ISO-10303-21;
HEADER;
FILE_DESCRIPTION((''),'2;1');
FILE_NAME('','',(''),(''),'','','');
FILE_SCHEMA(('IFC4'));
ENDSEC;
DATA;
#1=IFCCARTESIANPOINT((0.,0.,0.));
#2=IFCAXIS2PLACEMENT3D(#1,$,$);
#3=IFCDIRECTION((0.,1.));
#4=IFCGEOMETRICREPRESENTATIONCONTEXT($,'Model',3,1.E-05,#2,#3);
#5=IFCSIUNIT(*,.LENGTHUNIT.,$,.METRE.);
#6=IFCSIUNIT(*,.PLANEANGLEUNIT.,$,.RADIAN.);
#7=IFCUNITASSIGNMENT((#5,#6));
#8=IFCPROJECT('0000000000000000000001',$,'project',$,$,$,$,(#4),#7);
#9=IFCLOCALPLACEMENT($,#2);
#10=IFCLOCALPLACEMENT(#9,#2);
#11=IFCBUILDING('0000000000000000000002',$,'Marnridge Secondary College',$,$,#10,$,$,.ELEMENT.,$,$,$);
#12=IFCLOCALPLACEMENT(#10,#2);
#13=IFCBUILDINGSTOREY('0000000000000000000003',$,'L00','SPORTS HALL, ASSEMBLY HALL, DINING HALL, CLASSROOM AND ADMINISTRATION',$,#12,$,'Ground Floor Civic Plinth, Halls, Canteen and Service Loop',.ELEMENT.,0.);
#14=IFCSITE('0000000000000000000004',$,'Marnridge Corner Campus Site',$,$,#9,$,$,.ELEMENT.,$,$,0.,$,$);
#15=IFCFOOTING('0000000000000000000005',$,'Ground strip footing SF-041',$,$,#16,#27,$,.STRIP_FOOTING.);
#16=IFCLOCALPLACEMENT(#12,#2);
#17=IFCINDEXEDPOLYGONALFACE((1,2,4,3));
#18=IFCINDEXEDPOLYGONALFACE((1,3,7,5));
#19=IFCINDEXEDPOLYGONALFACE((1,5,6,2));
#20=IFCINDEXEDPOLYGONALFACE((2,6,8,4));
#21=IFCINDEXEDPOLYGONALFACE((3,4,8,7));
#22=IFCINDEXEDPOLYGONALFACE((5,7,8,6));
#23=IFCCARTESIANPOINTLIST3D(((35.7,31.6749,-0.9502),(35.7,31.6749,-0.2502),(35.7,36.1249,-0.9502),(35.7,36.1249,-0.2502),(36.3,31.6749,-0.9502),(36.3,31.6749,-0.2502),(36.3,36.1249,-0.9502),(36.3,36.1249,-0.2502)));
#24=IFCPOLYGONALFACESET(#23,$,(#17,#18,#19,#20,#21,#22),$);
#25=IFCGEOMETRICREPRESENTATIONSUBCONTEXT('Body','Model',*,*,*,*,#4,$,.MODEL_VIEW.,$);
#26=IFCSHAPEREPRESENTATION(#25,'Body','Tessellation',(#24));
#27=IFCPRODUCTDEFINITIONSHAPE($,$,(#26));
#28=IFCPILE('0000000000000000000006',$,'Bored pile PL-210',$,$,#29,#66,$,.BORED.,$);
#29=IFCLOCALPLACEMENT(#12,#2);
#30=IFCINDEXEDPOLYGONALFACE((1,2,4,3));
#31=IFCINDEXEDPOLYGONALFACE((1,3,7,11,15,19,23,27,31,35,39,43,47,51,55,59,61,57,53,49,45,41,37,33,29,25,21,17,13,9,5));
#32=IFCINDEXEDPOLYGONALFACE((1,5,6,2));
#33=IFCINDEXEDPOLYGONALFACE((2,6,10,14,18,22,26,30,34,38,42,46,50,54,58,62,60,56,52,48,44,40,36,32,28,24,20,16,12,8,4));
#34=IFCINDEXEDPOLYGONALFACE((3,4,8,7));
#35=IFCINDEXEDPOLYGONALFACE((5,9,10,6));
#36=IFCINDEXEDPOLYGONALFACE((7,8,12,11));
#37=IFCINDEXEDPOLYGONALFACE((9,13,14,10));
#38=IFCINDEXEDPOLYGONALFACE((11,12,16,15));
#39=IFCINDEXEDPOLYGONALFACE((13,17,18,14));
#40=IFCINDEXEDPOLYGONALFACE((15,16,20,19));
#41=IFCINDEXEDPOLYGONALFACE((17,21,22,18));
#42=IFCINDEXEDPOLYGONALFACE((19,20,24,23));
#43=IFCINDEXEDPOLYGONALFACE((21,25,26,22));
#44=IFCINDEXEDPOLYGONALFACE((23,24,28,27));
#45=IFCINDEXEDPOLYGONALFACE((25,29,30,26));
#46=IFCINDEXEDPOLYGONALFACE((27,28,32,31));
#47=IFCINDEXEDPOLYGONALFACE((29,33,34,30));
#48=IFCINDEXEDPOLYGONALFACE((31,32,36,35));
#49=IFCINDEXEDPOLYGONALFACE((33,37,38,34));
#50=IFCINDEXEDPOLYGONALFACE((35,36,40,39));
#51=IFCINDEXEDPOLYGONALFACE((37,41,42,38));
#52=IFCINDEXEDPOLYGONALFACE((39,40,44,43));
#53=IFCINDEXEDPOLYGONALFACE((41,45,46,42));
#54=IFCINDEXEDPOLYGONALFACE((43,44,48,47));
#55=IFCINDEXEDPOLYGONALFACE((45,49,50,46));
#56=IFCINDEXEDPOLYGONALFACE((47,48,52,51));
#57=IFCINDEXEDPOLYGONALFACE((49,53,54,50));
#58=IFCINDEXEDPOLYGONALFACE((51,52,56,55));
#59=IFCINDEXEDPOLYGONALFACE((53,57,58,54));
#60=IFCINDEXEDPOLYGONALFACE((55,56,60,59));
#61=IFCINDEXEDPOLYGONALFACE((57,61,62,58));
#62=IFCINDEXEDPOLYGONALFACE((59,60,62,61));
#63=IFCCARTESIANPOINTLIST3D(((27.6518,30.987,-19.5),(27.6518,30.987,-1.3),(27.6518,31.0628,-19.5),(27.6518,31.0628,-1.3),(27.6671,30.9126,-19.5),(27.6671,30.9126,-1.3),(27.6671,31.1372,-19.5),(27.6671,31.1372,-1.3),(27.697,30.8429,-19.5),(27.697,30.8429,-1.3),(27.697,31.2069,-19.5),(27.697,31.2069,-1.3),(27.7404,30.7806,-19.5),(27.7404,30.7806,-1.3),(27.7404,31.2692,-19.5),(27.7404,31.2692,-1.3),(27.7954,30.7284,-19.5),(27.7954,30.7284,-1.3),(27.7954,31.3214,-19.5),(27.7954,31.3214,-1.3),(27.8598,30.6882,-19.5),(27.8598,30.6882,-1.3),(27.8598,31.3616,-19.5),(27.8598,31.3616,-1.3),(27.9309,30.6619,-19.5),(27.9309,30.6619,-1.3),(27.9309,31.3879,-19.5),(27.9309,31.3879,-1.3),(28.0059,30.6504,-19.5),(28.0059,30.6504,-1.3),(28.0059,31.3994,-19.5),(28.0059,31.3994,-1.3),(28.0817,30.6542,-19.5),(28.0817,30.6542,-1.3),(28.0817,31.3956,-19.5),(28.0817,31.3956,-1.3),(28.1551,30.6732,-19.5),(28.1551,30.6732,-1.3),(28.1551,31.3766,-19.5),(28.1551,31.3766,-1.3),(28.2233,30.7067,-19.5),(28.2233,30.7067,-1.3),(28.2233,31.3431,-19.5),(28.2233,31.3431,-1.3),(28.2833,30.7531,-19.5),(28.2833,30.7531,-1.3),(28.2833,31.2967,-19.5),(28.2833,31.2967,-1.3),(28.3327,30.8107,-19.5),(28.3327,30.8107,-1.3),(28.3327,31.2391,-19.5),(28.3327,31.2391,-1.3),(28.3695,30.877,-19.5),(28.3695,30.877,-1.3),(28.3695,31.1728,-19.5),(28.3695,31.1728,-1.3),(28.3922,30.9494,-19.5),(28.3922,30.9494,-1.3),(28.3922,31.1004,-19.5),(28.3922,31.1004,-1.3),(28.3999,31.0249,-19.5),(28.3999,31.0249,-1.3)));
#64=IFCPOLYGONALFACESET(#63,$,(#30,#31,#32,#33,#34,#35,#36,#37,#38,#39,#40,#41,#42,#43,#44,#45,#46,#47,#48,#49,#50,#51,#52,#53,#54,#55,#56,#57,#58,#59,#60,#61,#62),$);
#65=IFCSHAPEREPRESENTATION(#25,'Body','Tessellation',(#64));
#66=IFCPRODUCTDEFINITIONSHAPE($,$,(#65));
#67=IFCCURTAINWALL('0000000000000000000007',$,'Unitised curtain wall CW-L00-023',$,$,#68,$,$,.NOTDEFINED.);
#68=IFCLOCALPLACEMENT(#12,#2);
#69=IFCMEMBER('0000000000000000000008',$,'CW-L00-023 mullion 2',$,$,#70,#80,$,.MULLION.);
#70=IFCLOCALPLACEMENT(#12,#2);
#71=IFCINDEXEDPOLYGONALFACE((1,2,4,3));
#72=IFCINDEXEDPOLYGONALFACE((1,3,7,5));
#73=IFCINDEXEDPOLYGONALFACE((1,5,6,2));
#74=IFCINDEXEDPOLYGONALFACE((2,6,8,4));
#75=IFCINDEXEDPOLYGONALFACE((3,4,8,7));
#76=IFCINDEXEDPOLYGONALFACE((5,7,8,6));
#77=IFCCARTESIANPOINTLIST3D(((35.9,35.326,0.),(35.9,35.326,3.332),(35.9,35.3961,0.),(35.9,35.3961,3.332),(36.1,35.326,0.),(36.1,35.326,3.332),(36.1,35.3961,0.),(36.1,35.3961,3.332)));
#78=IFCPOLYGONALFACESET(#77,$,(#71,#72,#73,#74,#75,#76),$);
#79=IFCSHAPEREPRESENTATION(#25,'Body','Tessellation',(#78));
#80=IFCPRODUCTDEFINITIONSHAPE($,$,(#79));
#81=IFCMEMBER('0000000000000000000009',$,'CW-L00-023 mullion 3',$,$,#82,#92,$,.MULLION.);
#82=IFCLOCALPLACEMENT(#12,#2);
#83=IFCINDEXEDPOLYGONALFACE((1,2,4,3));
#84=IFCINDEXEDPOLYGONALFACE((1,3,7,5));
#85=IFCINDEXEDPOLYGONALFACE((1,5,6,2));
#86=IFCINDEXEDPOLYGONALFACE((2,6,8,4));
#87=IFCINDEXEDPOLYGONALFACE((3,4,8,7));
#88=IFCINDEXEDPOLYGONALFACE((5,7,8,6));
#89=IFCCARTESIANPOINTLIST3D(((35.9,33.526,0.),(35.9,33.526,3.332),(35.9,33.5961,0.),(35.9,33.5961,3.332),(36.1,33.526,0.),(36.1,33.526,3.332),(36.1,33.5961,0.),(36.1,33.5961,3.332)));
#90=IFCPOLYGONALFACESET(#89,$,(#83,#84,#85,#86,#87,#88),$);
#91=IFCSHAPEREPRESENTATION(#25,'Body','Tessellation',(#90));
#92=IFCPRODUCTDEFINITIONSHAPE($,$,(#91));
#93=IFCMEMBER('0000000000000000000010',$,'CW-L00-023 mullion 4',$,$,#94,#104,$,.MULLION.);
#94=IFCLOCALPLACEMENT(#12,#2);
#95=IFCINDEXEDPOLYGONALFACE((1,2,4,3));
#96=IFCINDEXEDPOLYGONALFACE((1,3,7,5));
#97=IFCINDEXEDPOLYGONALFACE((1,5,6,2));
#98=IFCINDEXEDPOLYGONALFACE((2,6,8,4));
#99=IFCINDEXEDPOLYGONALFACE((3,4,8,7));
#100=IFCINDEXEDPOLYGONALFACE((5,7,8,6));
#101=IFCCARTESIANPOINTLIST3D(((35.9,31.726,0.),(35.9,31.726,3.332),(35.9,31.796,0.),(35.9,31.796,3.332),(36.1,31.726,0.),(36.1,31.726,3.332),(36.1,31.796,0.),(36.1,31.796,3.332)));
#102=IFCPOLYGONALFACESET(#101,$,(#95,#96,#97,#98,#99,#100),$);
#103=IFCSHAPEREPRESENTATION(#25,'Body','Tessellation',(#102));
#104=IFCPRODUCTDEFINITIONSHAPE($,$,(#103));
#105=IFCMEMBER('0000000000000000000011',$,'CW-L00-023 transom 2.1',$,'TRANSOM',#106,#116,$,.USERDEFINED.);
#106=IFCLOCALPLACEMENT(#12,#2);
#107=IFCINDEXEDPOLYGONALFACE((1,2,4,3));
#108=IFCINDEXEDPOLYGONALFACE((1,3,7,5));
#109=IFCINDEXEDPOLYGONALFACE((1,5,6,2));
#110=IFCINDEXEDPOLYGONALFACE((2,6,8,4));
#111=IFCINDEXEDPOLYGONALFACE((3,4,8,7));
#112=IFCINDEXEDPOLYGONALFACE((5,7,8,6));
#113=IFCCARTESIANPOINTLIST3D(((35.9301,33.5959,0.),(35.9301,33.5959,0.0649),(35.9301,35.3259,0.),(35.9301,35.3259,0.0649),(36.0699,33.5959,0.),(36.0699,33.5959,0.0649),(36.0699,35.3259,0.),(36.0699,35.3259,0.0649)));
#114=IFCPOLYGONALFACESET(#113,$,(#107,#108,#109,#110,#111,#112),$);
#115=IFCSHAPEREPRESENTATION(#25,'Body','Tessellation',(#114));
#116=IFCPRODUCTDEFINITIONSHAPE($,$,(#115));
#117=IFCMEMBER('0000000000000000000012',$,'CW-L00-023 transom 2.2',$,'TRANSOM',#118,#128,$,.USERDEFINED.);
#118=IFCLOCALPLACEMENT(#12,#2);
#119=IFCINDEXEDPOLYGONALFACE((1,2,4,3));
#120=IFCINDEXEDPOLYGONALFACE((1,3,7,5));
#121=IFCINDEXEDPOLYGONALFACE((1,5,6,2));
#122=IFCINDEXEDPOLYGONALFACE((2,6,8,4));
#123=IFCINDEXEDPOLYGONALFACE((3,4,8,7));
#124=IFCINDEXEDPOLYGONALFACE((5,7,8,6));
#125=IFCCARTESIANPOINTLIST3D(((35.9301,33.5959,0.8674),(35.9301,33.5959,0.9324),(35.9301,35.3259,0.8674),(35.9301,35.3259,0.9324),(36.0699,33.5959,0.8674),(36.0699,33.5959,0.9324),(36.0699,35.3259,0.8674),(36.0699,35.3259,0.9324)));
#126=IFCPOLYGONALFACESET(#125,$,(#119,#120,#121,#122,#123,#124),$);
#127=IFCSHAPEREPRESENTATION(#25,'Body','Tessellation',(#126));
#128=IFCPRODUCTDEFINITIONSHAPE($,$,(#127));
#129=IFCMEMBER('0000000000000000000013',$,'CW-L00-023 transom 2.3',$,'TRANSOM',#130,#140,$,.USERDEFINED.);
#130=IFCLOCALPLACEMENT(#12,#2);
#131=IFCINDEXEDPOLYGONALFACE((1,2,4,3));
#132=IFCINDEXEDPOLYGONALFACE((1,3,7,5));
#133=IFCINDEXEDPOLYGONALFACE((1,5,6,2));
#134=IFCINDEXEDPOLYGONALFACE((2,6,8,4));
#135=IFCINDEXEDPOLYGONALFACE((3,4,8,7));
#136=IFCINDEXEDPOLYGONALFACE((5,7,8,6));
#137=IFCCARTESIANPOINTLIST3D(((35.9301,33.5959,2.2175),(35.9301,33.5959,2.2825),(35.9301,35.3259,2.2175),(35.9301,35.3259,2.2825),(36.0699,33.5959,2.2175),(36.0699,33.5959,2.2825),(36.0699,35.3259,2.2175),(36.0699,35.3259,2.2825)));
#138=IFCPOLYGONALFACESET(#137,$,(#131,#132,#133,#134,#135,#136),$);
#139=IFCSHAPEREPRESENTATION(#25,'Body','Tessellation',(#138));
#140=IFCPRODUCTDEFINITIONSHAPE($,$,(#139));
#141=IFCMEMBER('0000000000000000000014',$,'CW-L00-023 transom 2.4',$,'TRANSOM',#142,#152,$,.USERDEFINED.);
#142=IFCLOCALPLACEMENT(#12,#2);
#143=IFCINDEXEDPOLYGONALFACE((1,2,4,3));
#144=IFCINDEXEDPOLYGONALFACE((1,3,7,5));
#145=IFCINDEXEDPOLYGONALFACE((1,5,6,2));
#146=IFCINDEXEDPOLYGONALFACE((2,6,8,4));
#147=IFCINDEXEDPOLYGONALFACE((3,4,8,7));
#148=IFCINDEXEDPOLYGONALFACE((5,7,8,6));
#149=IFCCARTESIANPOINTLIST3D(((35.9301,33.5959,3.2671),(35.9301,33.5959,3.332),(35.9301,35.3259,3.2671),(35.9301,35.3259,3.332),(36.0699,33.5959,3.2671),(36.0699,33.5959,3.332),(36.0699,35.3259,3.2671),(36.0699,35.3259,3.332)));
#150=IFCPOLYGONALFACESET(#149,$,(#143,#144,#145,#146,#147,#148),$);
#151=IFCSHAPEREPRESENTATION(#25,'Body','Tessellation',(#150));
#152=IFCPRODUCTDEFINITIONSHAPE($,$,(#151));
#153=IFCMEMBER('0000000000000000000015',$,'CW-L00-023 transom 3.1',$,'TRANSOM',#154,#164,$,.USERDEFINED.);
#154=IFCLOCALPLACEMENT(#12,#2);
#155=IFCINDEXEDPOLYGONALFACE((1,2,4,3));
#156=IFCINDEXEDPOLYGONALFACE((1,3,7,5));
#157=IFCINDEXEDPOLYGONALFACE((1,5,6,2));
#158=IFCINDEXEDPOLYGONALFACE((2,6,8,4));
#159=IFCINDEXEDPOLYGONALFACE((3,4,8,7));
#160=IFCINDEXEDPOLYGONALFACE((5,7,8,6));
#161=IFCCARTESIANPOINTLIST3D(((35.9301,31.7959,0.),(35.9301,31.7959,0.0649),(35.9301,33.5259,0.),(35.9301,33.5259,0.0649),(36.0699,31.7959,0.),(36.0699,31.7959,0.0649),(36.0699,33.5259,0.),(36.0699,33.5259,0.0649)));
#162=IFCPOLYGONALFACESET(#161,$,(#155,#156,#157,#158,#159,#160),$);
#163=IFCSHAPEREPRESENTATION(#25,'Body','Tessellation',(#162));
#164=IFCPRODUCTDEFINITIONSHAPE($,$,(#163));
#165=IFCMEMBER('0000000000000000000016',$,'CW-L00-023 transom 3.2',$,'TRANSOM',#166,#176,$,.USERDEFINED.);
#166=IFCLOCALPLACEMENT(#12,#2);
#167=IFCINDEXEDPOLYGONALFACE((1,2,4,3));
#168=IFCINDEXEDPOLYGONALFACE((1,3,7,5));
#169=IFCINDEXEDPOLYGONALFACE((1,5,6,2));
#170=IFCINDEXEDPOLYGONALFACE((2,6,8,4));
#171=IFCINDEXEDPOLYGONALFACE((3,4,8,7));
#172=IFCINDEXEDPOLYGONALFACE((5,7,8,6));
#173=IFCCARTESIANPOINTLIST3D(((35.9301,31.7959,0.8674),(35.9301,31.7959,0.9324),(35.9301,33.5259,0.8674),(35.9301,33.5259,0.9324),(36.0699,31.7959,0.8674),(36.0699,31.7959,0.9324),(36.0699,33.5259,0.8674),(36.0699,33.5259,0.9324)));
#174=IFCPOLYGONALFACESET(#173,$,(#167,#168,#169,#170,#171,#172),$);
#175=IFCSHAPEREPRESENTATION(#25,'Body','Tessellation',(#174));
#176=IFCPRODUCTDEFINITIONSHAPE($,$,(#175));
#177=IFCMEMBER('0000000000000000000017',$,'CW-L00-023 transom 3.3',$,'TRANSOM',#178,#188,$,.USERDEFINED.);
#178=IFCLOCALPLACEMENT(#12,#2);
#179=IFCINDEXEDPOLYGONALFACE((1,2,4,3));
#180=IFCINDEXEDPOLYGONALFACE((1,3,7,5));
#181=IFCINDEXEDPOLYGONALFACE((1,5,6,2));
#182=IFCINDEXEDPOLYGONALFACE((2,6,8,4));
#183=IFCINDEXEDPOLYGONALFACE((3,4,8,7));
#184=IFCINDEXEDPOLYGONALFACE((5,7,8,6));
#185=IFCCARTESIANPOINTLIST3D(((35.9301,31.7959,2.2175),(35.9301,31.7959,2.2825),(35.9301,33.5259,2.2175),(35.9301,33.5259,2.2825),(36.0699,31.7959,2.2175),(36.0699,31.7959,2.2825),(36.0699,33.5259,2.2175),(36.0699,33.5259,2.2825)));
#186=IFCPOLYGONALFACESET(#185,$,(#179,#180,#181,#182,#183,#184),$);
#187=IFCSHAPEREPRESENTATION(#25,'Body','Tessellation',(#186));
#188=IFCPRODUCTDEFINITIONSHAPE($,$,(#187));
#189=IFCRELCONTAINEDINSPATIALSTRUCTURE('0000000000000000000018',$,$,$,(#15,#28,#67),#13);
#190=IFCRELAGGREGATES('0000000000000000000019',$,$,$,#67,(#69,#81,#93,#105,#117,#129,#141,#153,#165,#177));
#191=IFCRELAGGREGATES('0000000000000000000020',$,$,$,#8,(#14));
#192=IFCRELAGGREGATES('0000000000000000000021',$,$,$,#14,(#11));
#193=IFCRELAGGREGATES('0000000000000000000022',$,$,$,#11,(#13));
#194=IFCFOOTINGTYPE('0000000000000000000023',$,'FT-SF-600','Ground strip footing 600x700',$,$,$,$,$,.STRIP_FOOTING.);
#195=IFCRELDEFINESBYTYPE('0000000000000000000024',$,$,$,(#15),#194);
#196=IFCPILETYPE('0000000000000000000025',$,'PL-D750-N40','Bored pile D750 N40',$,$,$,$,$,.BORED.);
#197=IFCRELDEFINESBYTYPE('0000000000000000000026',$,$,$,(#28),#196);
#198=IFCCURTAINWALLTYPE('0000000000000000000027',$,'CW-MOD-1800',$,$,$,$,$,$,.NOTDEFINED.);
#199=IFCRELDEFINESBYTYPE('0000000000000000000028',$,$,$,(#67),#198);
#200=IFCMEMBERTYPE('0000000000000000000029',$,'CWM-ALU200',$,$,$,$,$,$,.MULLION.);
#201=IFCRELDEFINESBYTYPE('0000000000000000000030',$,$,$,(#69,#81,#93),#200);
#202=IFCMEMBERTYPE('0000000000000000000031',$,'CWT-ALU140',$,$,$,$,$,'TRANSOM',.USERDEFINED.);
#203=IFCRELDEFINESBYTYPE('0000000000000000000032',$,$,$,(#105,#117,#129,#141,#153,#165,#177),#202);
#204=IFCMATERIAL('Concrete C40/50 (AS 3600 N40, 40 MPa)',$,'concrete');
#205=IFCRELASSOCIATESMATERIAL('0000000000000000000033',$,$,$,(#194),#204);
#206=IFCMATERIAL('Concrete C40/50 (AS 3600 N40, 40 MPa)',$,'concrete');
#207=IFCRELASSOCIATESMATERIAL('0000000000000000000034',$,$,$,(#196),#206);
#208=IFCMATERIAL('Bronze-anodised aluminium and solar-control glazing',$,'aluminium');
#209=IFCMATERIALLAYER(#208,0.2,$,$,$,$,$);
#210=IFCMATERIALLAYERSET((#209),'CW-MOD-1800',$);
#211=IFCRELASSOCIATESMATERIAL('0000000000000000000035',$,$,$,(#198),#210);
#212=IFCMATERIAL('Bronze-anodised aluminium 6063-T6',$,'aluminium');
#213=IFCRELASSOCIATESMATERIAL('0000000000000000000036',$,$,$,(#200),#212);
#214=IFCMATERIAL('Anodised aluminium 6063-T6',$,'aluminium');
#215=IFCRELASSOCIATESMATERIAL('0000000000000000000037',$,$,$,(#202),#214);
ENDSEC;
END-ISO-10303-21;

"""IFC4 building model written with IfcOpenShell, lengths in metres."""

from ifc_helpers import new_model, si_unit, direction, frame, origin, origin_2d, place, context, subcontext, project, spatial, rectangle, circle, extrude, material, layer, layer_set, material_profile, profile_set, type_object, element, aggregate, save


model = new_model("IFC4")

# Units and contexts
model_context = context("Model", 3, precision=1e-05, world=origin(), true_north=direction((0.0, 1.0)))
body_context = subcontext(model_context, "Body", "Model", "MODEL_VIEW")
ifc_project = project(units=[si_unit("LENGTHUNIT", "METRE"), si_unit("PLANEANGLEUNIT", "RADIAN")], contexts=[model_context])

# Site, building, storey
site_placement = place(None, origin())
site = spatial("IfcSite", under=ifc_project, at=site_placement, Name="Marnridge Corner Campus Site", CompositionType="ELEMENT", RefElevation=0.0)
building_placement = place(site_placement, origin())
building = spatial("IfcBuilding", under=site, at=building_placement, Name="Marnridge Secondary College", CompositionType="ELEMENT")
storey_placement = place(building_placement, origin())
storey = spatial("IfcBuildingStorey", under=building, at=storey_placement, Name="L00", Description="SPORTS HALL, ASSEMBLY HALL, DINING HALL, CLASSROOM AND ADMINISTRATION", LongName="Ground Floor Civic Plinth, Halls, Canteen and Service Loop", CompositionType="ELEMENT", Elevation=0.0)

# Footing
ifc_material_1 = material(Name="Concrete C40/50 (AS 3600 N40, 40 MPa)", Category="concrete")
footing_type = type_object("IfcFootingType", Name="FT-SF-600", Description="Ground strip footing 600x700", PredefinedType="STRIP_FOOTING", material=ifc_material_1)
footing_placement = place(storey_placement, frame((36.0, 33.8999, -0.9502), z_axis=(0.0, 0.0, 1.0), x_axis=(1.0, 0.0, 0.0)))
element("IfcFooting", 1, at=footing_placement, inside=storey, type_object=footing_type, Name="Ground strip footing SF-041", PredefinedType="STRIP_FOOTING", context=body_context, shape_type="SweptSolid", body=[
    extrude(rectangle(XDim=0.6001, YDim=4.45, at=origin_2d()), origin(), (0.0, 0.0, 1.0), 0.7),
])

# Pile
ifc_material_2 = material(Name="Concrete C40/50 (AS 3600 N40, 40 MPa)", Category="concrete")
ifc_material_profile_1 = material_profile(ifc_material_2, circle(Radius=0.375, at=origin_2d()), Name="PILE D750")
ifc_profile_set_1 = profile_set([ifc_material_profile_1], Name="Concrete C40/50 (AS 3600 N40, 40 MPa)")
pile_type = type_object("IfcPileType", Name="PL-D750-N40", Description="Bored pile D750 N40", PredefinedType="BORED", material=ifc_profile_set_1)
pile_placement = place(storey_placement, frame((28.0249, 31.0249, -1.3), z_axis=(0.0, 0.0, -1.0), x_axis=(1.0, 0.0, 0.0)))
element("IfcPile", 2, at=pile_placement, inside=storey, type_object=pile_type, Name="Bored pile PL-210", PredefinedType="BORED", context=body_context, shape_type="SweptSolid", body=[
    extrude(circle(Radius=0.375, at=origin_2d()), origin(), (0.0, 0.0, 1.0), 18.2),
])

# Curtain wall, members
ifc_material_3 = material(Name="Bronze-anodised aluminium and solar-control glazing", Category="aluminium")
ifc_layer_1 = layer(ifc_material_3, 0.2)
ifc_layer_set_1 = layer_set([ifc_layer_1], Name="CW-MOD-1800")
curtain_wall_type = type_object("IfcCurtainWallType", Name="CW-MOD-1800", PredefinedType="NOTDEFINED", material=ifc_layer_set_1)
curtain_wall_placement = place(storey_placement, origin())
curtain_wall = element("IfcCurtainWall", 3, at=curtain_wall_placement, inside=storey, type_object=curtain_wall_type, Name="Unitised curtain wall CW-L00-023", PredefinedType="NOTDEFINED")
ifc_material_4 = material(Name="Bronze-anodised aluminium 6063-T6", Category="aluminium")
ifc_material_profile_2 = material_profile(ifc_material_4, rectangle(XDim=0.0701, YDim=0.2, at=origin_2d()), Name="ALU 70x200")
ifc_profile_set_2 = profile_set([ifc_material_profile_2], Name="Bronze-anodised aluminium 6063-T6")
member_type_1 = type_object("IfcMemberType", Name="CWM-ALU200", PredefinedType="MULLION", material=ifc_profile_set_2)
member_1_placement = place(storey_placement, frame((36.0, 35.3611, 0.0), z_axis=(0.0, 0.0, 1.0), x_axis=(0.0, -1.0, 0.0)))
member_1 = element("IfcMember", 4, at=member_1_placement, type_object=member_type_1, Name="CW-L00-023 mullion 2", PredefinedType="MULLION", context=body_context, shape_type="SweptSolid", body=[
    extrude(rectangle(XDim=0.0701, YDim=0.2, at=origin_2d()), origin(), (0.0, 0.0, 1.0), 3.332),
])
member_2_placement = place(storey_placement, frame((36.0, 33.561, 0.0), z_axis=(0.0, 0.0, 1.0), x_axis=(0.0, -1.0, 0.0)))
member_2 = element("IfcMember", 5, at=member_2_placement, type_object=member_type_1, Name="CW-L00-023 mullion 3", PredefinedType="MULLION", context=body_context, shape_type="SweptSolid", body=[
    extrude(rectangle(XDim=0.0701, YDim=0.2, at=origin_2d()), origin(), (0.0, 0.0, 1.0), 3.332),
])
member_3_placement = place(storey_placement, frame((36.0, 31.761, 0.0), z_axis=(0.0, 0.0, 1.0), x_axis=(0.0, -1.0, 0.0)))
member_3 = element("IfcMember", 6, at=member_3_placement, type_object=member_type_1, Name="CW-L00-023 mullion 4", PredefinedType="MULLION", context=body_context, shape_type="SweptSolid", body=[
    extrude(rectangle(XDim=0.0701, YDim=0.2, at=origin_2d()), origin(), (0.0, 0.0, 1.0), 3.332),
])
ifc_material_5 = material(Name="Anodised aluminium 6063-T6", Category="aluminium")
ifc_material_profile_3 = material_profile(ifc_material_5, rectangle(XDim=0.0649, YDim=0.1399, at=origin_2d()), Name="ALU 65x140")
ifc_profile_set_3 = profile_set([ifc_material_profile_3], Name="Anodised aluminium 6063-T6")
member_type_2 = type_object("IfcMemberType", Name="CWT-ALU140", ElementType="TRANSOM", PredefinedType="USERDEFINED", material=ifc_profile_set_3)
member_4_placement = place(storey_placement, frame((36.0, 35.3259, 0.0325), z_axis=(0.0, -1.0, 0.0), x_axis=(0.0, 0.0, 1.0)))
member_4 = element("IfcMember", 7, at=member_4_placement, type_object=member_type_2, Name="CW-L00-023 transom 2.1", ObjectType="TRANSOM", PredefinedType="USERDEFINED", context=body_context, shape_type="SweptSolid", body=[
    extrude(rectangle(XDim=0.0649, YDim=0.1399, at=origin_2d()), origin(), (0.0, 0.0, 1.0), 1.73),
])
member_5_placement = place(storey_placement, frame((36.0, 35.3259, 0.8999), z_axis=(0.0, -1.0, 0.0), x_axis=(0.0, 0.0, 1.0)))
member_5 = element("IfcMember", 8, at=member_5_placement, type_object=member_type_2, Name="CW-L00-023 transom 2.2", ObjectType="TRANSOM", PredefinedType="USERDEFINED", context=body_context, shape_type="SweptSolid", body=[
    extrude(rectangle(XDim=0.0649, YDim=0.1399, at=origin_2d()), origin(), (0.0, 0.0, 1.0), 1.73),
])
member_6_placement = place(storey_placement, frame((36.0, 35.3259, 2.25), z_axis=(0.0, -1.0, 0.0), x_axis=(0.0, 0.0, 1.0)))
member_6 = element("IfcMember", 9, at=member_6_placement, type_object=member_type_2, Name="CW-L00-023 transom 2.3", ObjectType="TRANSOM", PredefinedType="USERDEFINED", context=body_context, shape_type="SweptSolid", body=[
    extrude(rectangle(XDim=0.0649, YDim=0.1399, at=origin_2d()), origin(), (0.0, 0.0, 1.0), 1.73),
])
member_7_placement = place(storey_placement, frame((36.0, 35.3259, 3.2996), z_axis=(0.0, -1.0, 0.0), x_axis=(0.0, 0.0, 1.0)))
member_7 = element("IfcMember", 10, at=member_7_placement, type_object=member_type_2, Name="CW-L00-023 transom 2.4", ObjectType="TRANSOM", PredefinedType="USERDEFINED", context=body_context, shape_type="SweptSolid", body=[
    extrude(rectangle(XDim=0.0649, YDim=0.1399, at=origin_2d()), origin(), (0.0, 0.0, 1.0), 1.73),
])
member_8_placement = place(storey_placement, frame((36.0, 33.5259, 0.0325), z_axis=(0.0, -1.0, 0.0), x_axis=(0.0, 0.0, 1.0)))
member_8 = element("IfcMember", 11, at=member_8_placement, type_object=member_type_2, Name="CW-L00-023 transom 3.1", ObjectType="TRANSOM", PredefinedType="USERDEFINED", context=body_context, shape_type="SweptSolid", body=[
    extrude(rectangle(XDim=0.0649, YDim=0.1399, at=origin_2d()), origin(), (0.0, 0.0, 1.0), 1.73),
])
member_9_placement = place(storey_placement, frame((36.0, 33.5259, 0.8999), z_axis=(0.0, -1.0, 0.0), x_axis=(0.0, 0.0, 1.0)))
member_9 = element("IfcMember", 12, at=member_9_placement, type_object=member_type_2, Name="CW-L00-023 transom 3.2", ObjectType="TRANSOM", PredefinedType="USERDEFINED", context=body_context, shape_type="SweptSolid", body=[
    extrude(rectangle(XDim=0.0649, YDim=0.1399, at=origin_2d()), origin(), (0.0, 0.0, 1.0), 1.73),
])
member_10_placement = place(storey_placement, frame((36.0, 33.5259, 2.25), z_axis=(0.0, -1.0, 0.0), x_axis=(0.0, 0.0, 1.0)))
member_10 = element("IfcMember", 13, at=member_10_placement, type_object=member_type_2, Name="CW-L00-023 transom 3.3", ObjectType="TRANSOM", PredefinedType="USERDEFINED", context=body_context, shape_type="SweptSolid", body=[
    extrude(rectangle(XDim=0.0649, YDim=0.1399, at=origin_2d()), origin(), (0.0, 0.0, 1.0), 1.73),
])
aggregate(curtain_wall, [member_1, member_2, member_3, member_4, member_5, member_6, member_7, member_8, member_9, member_10])

save(model, "model.ifc")
